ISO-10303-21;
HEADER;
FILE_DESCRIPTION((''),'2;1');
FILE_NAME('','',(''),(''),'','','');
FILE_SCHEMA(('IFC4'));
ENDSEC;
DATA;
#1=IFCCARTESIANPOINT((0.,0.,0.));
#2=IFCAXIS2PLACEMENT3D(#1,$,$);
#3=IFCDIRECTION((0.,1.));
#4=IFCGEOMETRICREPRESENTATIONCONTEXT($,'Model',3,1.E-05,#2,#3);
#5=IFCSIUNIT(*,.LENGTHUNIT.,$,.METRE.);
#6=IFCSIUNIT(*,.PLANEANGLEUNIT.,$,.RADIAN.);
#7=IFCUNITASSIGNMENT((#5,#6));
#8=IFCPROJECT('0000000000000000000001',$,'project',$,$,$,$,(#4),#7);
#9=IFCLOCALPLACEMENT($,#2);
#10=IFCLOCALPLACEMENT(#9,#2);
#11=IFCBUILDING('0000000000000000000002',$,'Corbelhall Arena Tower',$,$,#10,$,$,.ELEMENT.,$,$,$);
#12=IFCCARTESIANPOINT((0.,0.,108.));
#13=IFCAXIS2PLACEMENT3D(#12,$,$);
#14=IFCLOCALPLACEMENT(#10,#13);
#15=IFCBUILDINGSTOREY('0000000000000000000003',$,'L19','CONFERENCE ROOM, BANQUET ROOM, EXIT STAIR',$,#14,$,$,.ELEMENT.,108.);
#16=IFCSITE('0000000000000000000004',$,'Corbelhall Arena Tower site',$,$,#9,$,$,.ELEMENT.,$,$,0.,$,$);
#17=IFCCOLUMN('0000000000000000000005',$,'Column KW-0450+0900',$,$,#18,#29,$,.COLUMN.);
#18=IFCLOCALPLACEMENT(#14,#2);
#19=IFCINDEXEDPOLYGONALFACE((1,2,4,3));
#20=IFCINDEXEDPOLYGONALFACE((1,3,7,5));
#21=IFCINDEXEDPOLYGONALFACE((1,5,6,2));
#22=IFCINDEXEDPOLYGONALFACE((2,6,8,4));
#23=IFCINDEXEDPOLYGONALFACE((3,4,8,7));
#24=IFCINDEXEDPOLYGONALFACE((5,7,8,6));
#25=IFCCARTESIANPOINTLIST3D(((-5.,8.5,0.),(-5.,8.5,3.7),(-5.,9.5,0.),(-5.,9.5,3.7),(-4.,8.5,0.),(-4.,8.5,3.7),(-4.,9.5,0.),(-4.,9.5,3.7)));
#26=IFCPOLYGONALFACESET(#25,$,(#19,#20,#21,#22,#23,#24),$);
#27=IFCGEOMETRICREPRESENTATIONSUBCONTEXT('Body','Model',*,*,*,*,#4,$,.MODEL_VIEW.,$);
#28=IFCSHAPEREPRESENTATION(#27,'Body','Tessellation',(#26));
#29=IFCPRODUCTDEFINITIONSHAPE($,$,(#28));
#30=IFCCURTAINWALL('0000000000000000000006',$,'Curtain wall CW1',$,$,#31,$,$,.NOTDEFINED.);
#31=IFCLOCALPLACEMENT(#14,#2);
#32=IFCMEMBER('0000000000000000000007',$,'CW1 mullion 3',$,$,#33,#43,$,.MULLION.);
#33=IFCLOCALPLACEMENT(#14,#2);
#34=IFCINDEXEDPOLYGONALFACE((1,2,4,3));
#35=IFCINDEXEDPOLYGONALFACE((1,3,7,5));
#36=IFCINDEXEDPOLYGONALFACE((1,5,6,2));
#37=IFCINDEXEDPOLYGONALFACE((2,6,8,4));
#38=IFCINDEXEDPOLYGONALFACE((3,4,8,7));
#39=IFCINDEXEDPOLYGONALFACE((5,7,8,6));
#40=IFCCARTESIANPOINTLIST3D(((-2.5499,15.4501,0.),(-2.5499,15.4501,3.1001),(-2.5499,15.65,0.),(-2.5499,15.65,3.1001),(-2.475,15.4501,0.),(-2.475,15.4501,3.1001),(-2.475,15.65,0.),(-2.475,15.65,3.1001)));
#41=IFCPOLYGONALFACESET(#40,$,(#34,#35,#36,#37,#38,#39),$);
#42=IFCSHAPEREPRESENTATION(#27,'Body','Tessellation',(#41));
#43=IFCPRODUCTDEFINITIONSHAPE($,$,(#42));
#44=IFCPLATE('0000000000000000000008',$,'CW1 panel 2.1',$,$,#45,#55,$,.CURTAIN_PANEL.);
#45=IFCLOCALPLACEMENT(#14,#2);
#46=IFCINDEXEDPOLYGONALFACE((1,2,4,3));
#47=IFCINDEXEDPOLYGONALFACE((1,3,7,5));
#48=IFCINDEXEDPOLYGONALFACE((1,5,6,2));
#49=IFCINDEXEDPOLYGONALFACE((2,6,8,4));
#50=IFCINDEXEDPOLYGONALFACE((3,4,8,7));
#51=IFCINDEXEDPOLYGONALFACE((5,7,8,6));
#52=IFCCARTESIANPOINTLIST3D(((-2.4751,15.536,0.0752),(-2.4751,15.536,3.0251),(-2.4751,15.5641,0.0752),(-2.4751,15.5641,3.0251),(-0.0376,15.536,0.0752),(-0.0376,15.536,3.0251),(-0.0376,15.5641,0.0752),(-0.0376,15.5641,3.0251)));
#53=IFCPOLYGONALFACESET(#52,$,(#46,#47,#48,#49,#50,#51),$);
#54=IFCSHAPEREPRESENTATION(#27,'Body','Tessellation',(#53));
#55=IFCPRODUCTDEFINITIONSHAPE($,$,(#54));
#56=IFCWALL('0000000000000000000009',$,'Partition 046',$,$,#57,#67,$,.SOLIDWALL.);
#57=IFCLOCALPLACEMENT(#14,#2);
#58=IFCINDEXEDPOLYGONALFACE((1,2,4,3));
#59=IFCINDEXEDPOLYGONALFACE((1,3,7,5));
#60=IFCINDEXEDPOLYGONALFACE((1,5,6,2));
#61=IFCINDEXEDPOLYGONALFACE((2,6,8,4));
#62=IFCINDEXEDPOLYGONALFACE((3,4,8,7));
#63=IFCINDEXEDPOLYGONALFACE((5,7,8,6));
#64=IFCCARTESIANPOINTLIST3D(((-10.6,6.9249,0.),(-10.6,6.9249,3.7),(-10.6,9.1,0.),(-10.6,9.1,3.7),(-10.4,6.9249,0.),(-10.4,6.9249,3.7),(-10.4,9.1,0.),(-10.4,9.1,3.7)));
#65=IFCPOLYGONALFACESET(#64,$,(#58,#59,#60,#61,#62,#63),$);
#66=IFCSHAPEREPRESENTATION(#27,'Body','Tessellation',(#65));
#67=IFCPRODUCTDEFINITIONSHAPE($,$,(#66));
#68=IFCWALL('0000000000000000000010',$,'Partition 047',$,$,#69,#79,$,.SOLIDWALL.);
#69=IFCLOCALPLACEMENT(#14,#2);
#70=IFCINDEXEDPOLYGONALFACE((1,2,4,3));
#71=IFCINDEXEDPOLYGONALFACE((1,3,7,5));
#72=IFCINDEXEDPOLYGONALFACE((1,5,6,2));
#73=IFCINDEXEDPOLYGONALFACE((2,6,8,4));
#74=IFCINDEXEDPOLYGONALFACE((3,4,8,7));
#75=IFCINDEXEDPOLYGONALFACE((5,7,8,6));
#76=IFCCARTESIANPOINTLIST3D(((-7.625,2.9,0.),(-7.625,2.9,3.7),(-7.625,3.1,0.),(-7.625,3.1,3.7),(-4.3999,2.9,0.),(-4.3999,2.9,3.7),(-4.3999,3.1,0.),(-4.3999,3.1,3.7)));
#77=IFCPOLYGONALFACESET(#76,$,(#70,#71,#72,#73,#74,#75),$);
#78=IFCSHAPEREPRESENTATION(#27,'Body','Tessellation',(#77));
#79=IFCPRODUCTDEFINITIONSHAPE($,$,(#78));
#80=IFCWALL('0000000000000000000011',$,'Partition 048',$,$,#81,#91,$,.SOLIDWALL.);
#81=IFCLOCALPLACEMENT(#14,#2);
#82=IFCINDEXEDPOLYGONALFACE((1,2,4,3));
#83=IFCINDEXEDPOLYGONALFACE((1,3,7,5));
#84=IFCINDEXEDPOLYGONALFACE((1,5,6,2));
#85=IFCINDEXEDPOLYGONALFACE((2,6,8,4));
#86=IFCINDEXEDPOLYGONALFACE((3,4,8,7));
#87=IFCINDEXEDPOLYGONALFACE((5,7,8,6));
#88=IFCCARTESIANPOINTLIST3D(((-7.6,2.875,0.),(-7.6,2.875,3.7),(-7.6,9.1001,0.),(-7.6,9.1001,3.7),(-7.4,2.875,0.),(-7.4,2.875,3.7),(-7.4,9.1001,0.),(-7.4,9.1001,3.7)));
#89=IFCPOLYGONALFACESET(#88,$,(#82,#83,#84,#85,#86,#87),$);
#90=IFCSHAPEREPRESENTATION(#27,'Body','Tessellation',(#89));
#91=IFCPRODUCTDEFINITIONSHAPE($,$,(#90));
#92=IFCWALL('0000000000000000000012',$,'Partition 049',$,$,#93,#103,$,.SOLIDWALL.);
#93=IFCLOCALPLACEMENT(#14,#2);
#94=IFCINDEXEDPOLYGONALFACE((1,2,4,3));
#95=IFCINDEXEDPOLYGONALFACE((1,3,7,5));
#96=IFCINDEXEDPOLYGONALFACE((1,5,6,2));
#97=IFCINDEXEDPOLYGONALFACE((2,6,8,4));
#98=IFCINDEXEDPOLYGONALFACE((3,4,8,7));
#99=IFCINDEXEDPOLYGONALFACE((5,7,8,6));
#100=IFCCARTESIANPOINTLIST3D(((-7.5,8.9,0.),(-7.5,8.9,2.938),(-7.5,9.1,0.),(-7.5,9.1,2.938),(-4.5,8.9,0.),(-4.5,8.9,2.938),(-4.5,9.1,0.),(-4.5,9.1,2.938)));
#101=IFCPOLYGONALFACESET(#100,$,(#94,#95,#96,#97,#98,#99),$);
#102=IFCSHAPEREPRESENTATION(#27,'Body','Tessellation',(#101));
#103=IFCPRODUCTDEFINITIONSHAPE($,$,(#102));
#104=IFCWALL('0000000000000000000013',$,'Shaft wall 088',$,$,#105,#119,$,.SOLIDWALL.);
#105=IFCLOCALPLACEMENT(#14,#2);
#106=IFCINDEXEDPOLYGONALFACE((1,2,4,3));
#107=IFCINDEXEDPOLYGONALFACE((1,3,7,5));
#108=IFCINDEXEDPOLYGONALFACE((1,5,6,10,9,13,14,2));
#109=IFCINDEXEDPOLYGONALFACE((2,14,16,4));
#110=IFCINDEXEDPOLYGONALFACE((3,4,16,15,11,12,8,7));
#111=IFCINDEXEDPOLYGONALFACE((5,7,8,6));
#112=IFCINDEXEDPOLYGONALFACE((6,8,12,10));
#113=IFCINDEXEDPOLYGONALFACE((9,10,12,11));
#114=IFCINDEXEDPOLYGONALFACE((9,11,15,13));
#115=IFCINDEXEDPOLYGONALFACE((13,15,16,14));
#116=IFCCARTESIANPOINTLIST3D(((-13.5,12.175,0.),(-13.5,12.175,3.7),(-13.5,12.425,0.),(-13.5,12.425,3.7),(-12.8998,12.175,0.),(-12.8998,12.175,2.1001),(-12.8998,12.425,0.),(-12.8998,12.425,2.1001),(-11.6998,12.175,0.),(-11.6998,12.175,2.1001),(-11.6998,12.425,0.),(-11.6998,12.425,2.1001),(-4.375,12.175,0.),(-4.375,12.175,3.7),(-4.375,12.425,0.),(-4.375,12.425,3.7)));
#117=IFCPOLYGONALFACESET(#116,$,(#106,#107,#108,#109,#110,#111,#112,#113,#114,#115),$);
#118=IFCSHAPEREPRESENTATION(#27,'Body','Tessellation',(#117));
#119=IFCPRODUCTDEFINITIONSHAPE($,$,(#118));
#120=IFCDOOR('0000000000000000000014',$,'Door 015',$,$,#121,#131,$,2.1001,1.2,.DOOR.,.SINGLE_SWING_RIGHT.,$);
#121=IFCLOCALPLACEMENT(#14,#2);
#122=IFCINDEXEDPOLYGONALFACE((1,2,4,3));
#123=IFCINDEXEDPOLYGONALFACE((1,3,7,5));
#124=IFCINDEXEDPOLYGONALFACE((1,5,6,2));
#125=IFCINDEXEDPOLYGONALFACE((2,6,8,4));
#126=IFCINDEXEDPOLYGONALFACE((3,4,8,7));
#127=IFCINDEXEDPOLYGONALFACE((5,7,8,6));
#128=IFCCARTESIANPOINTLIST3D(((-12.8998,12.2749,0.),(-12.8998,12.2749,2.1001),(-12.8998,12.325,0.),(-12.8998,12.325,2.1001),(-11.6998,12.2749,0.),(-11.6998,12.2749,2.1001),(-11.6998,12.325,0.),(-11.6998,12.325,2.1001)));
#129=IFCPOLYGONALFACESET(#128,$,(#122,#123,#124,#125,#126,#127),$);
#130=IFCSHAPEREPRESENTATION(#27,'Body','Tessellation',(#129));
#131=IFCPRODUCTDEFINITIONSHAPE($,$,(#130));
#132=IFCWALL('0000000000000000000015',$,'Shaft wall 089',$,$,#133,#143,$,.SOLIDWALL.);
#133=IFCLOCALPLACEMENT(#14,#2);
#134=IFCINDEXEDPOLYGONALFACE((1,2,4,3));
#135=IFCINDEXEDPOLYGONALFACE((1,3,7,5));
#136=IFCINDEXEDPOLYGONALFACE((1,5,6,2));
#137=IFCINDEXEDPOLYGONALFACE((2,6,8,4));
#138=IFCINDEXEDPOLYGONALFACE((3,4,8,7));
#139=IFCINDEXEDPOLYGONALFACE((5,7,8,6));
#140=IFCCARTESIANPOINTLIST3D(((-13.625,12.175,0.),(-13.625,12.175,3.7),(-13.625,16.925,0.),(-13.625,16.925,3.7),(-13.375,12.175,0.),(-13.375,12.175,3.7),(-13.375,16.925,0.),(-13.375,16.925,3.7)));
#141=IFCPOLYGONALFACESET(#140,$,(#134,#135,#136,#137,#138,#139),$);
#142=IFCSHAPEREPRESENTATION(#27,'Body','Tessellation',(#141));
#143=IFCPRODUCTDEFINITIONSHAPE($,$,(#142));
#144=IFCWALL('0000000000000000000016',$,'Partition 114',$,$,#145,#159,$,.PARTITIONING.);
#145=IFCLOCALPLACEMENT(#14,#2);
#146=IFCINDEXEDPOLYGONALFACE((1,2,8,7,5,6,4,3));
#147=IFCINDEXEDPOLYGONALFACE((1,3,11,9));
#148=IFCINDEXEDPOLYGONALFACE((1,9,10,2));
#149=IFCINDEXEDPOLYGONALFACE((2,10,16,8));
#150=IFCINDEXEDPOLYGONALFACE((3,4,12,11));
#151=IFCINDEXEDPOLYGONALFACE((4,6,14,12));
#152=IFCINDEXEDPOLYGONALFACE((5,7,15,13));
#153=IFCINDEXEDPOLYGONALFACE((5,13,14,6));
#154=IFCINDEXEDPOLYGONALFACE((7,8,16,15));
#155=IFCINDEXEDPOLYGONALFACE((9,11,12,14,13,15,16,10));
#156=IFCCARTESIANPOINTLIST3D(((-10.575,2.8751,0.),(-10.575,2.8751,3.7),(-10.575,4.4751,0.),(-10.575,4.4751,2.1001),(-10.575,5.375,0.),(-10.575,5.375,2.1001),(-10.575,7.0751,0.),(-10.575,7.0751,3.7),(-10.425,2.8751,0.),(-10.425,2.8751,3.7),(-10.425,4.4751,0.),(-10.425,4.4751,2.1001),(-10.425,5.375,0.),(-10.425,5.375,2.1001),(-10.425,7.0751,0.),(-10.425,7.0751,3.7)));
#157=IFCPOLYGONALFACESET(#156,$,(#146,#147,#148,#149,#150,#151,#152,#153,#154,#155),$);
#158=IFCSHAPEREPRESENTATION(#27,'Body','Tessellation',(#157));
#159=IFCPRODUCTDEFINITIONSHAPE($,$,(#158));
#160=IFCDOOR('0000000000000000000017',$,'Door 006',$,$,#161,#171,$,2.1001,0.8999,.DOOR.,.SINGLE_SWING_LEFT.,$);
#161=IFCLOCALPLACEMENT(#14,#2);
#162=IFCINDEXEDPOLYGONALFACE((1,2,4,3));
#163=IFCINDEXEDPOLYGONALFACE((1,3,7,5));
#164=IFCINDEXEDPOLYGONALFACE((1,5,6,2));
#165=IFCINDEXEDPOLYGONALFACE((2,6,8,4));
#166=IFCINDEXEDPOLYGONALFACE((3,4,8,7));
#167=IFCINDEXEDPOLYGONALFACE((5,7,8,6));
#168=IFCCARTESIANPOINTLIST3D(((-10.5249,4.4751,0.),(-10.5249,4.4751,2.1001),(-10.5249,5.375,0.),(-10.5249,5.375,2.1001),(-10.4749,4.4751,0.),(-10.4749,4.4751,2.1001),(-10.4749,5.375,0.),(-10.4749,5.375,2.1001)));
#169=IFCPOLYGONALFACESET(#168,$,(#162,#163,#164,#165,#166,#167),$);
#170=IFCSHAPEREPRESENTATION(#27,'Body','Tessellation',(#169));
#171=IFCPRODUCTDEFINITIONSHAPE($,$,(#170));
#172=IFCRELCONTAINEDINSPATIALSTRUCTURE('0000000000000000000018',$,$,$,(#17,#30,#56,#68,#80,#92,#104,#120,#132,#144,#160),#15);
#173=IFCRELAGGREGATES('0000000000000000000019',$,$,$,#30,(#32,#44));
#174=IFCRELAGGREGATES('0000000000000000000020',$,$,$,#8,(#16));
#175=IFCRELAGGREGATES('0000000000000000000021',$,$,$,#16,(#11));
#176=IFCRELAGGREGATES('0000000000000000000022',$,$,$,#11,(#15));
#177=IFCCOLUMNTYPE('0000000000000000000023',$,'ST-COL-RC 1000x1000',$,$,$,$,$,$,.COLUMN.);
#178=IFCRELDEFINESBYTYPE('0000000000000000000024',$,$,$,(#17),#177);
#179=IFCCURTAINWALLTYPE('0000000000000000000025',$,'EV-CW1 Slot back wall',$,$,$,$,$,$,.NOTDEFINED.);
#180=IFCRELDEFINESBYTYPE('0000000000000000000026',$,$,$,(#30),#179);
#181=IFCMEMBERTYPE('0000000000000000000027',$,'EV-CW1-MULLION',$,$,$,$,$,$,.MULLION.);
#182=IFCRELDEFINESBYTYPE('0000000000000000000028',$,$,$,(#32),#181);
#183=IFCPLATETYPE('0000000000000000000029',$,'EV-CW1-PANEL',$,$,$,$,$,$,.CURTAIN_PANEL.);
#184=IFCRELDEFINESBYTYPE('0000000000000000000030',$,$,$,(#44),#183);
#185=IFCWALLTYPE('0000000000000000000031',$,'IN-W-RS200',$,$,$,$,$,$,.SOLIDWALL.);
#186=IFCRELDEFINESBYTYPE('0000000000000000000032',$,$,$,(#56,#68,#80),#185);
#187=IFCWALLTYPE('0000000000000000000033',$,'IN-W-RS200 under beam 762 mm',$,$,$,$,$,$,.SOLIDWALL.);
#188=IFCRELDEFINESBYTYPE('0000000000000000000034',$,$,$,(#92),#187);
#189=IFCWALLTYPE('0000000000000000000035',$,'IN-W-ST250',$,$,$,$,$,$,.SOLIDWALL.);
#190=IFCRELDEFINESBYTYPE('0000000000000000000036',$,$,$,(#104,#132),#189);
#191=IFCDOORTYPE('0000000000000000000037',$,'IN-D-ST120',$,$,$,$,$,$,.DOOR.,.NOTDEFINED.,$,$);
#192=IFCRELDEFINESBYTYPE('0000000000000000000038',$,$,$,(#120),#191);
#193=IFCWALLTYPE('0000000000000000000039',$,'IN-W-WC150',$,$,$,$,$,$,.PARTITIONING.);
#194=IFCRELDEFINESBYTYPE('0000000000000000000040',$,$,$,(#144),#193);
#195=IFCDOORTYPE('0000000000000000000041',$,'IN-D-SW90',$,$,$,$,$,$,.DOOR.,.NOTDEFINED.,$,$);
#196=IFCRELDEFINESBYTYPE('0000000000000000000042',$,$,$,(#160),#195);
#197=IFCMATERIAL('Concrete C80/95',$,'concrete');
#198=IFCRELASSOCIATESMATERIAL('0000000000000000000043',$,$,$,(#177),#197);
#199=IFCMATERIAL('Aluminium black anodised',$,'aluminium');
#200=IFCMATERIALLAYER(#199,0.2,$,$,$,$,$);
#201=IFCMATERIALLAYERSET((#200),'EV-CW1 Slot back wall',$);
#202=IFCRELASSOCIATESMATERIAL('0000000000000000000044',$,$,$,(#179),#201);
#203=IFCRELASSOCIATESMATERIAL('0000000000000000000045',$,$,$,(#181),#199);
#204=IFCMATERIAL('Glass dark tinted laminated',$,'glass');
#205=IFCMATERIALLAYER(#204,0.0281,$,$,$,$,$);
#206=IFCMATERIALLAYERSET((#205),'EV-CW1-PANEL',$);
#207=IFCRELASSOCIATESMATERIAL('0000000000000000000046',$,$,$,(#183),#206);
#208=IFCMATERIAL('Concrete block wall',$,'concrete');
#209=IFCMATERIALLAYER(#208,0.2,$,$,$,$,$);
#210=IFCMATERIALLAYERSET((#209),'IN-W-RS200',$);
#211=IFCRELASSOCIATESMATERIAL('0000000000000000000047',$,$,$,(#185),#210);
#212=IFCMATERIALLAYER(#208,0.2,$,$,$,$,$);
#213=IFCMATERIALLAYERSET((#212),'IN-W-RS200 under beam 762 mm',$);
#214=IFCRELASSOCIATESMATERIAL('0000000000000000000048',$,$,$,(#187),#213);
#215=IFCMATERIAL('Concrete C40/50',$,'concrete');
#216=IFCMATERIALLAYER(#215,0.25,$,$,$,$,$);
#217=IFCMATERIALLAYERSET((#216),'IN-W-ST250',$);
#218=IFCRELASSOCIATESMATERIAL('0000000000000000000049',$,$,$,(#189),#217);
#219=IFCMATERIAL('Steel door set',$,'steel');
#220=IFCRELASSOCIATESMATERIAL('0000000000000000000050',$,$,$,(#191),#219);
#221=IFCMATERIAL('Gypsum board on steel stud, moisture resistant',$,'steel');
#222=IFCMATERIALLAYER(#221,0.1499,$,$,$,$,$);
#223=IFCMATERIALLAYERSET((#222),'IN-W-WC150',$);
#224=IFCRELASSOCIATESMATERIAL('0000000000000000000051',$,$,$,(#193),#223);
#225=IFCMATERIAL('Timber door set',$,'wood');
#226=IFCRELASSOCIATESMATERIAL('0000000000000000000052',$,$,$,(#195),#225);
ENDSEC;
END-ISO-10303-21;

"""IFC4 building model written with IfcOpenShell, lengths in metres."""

from ifc_helpers import new_model, si_unit, direction, frame, frame_2d, origin, origin_2d, place, context, subcontext, project, spatial, rectangle, extrude, material, layer, layer_set, material_profile, profile_set, type_object, element, fill, aggregate, save


model = new_model("IFC4")

# Units and contexts
model_context = context("Model", 3, precision=1e-05, world=origin(), true_north=direction((0.0, 1.0)))
body_context = subcontext(model_context, "Body", "Model", "MODEL_VIEW")
ifc_project = project(units=[si_unit("LENGTHUNIT", "METRE"), si_unit("PLANEANGLEUNIT", "RADIAN")], contexts=[model_context])

# Site, building, storey
site_placement = place(None, origin())
site = spatial("IfcSite", under=ifc_project, at=site_placement, Name="Corbelhall Arena Tower site", CompositionType="ELEMENT", RefElevation=0.0)
building_placement = place(site_placement, origin())
building = spatial("IfcBuilding", under=site, at=building_placement, Name="Corbelhall Arena Tower", CompositionType="ELEMENT")
storey_placement = place(building_placement, frame((0.0, 0.0, 108.0)))
storey = spatial("IfcBuildingStorey", under=building, at=storey_placement, Name="L19", Description="CONFERENCE ROOM, BANQUET ROOM, EXIT STAIR", CompositionType="ELEMENT", Elevation=108.0)

# Column
ifc_material_1 = material(Name="Concrete C80/95", Category="concrete")
ifc_material_profile_1 = material_profile(ifc_material_1, rectangle(XDim=1.0, YDim=1.0, at=origin_2d()))
ifc_profile_set_1 = profile_set([ifc_material_profile_1], Name="Concrete C80/95")
column_type = type_object("IfcColumnType", Name="ST-COL-RC 1000x1000", PredefinedType="COLUMN", material=ifc_profile_set_1)
column_placement = place(storey_placement, frame((-4.5, 9.0, 0.0), z_axis=(0.0, 0.0, 1.0), x_axis=(1.0, 0.0, 0.0)))
element("IfcColumn", 1, at=column_placement, inside=storey, type_object=column_type, Name="Column KW-0450+0900", PredefinedType="COLUMN", context=body_context, shape_type="SweptSolid", body=[
    extrude(rectangle(XDim=1.0, YDim=1.0, at=origin_2d()), origin(), (0.0, 0.0, 1.0), 3.7),
])

# Curtain wall, member, plate
ifc_material_2 = material(Name="Aluminium black anodised", Category="aluminium")
ifc_layer_1 = layer(ifc_material_2, 0.2)
ifc_layer_set_1 = layer_set([ifc_layer_1], Name="EV-CW1 Slot back wall")
curtain_wall_type = type_object("IfcCurtainWallType", Name="EV-CW1 Slot back wall", PredefinedType="NOTDEFINED", material=ifc_layer_set_1)
curtain_wall_placement = place(storey_placement, origin())
curtain_wall = element("IfcCurtainWall", 2, at=curtain_wall_placement, inside=storey, type_object=curtain_wall_type, Name="Curtain wall CW1", PredefinedType="NOTDEFINED")
ifc_material_profile_2 = material_profile(ifc_material_2, rectangle(XDim=0.2, YDim=0.075, at=origin_2d()))
ifc_profile_set_2 = profile_set([ifc_material_profile_2], Name="Aluminium black anodised")
member_type = type_object("IfcMemberType", Name="EV-CW1-MULLION", PredefinedType="MULLION", material=ifc_profile_set_2)
member_placement = place(storey_placement, frame((-2.5125, 15.55, 0.0), z_axis=(0.0, 0.0, 1.0), x_axis=(0.0, -1.0, 0.0)))
member = element("IfcMember", 3, at=member_placement, type_object=member_type, Name="CW1 mullion 3", PredefinedType="MULLION", context=body_context, shape_type="SweptSolid", body=[
    extrude(rectangle(XDim=0.2, YDim=0.075, at=origin_2d()), origin(), (0.0, 0.0, 1.0), 3.1001),
])
ifc_material_3 = material(Name="Glass dark tinted laminated", Category="glass")
ifc_layer_2 = layer(ifc_material_3, 0.0281)
ifc_layer_set_2 = layer_set([ifc_layer_2], Name="EV-CW1-PANEL")
plate_type = type_object("IfcPlateType", Name="EV-CW1-PANEL", PredefinedType="CURTAIN_PANEL", material=ifc_layer_set_2)
plate_placement = place(storey_placement, frame((-1.2563, 15.55, 0.0752), z_axis=(0.0, 0.0, 1.0), x_axis=(-1.0, 0.0, 0.0)))
plate = element("IfcPlate", 4, at=plate_placement, type_object=plate_type, Name="CW1 panel 2.1", PredefinedType="CURTAIN_PANEL", context=body_context, shape_type="SweptSolid", body=[
    extrude(rectangle(XDim=2.4375, YDim=0.0281, at=origin_2d()), origin(), (0.0, 0.0, 1.0), 2.95),
])
aggregate(curtain_wall, [member, plate])

# Walls
ifc_material_4 = material(Name="Concrete block wall", Category="concrete")
ifc_layer_3 = layer(ifc_material_4, 0.2)
ifc_layer_set_3 = layer_set([ifc_layer_3], Name="IN-W-RS200")
wall_type_1 = type_object("IfcWallType", Name="IN-W-RS200", PredefinedType="SOLIDWALL", material=ifc_layer_set_3)
wall_1_placement = place(storey_placement, frame((-10.5, 6.925, 0.0), z_axis=(0.0, 0.0, 1.0), x_axis=(0.0, 1.0, 0.0)))
element("IfcWall", 5, at=wall_1_placement, inside=storey, type_object=wall_type_1, Name="Partition 046", PredefinedType="SOLIDWALL", context=body_context, shape_type="SweptSolid", body=[
    extrude(rectangle(XDim=2.175, YDim=0.2, at=frame_2d((1.0874, 0.0))), origin(), (0.0, 0.0, 1.0), 3.7),
])
wall_2_placement = place(storey_placement, frame((-7.625, 3.0, 0.0), z_axis=(0.0, 0.0, 1.0), x_axis=(1.0, 0.0, 0.0)))
element("IfcWall", 6, at=wall_2_placement, inside=storey, type_object=wall_type_1, Name="Partition 047", PredefinedType="SOLIDWALL", context=body_context, shape_type="SweptSolid", body=[
    extrude(rectangle(XDim=3.2251, YDim=0.2, at=frame_2d((1.6125, 0.0))), origin(), (0.0, 0.0, 1.0), 3.7),
])
wall_3_placement = place(storey_placement, frame((-7.5, 2.875, 0.0), z_axis=(0.0, 0.0, 1.0), x_axis=(0.0, 1.0, 0.0)))
element("IfcWall", 7, at=wall_3_placement, inside=storey, type_object=wall_type_1, Name="Partition 048", PredefinedType="SOLIDWALL", context=body_context, shape_type="SweptSolid", body=[
    extrude(rectangle(XDim=6.2251, YDim=0.2, at=frame_2d((3.1125, 0.0))), origin(), (0.0, 0.0, 1.0), 3.7),
])
ifc_layer_4 = layer(ifc_material_4, 0.2)
ifc_layer_set_4 = layer_set([ifc_layer_4], Name="IN-W-RS200 under beam 762 mm")
wall_type_2 = type_object("IfcWallType", Name="IN-W-RS200 under beam 762 mm", PredefinedType="SOLIDWALL", material=ifc_layer_set_4)
wall_4_placement = place(storey_placement, frame((-7.5, 9.0, 0.0), z_axis=(0.0, 0.0, 1.0), x_axis=(1.0, 0.0, 0.0)))
element("IfcWall", 8, at=wall_4_placement, inside=storey, type_object=wall_type_2, Name="Partition 049", PredefinedType="SOLIDWALL", context=body_context, shape_type="SweptSolid", body=[
    extrude(rectangle(XDim=3.0, YDim=0.2, at=frame_2d((1.5, 0.0))), origin(), (0.0, 0.0, 1.0), 2.938),
])

# Shared definitions
ifc_material_5 = material(Name="Steel door set", Category="steel")

# Wall, opening, door
ifc_material_6 = material(Name="Concrete C40/50", Category="concrete")
ifc_layer_5 = layer(ifc_material_6, 0.25)
ifc_layer_set_5 = layer_set([ifc_layer_5], Name="IN-W-ST250")
wall_type_3 = type_object("IfcWallType", Name="IN-W-ST250", PredefinedType="SOLIDWALL", material=ifc_layer_set_5)
wall_5_placement = place(storey_placement, frame((-13.5, 12.3, 0.0), z_axis=(0.0, 0.0, 1.0), x_axis=(1.0, 0.0, 0.0)))
wall_5 = element("IfcWall", 9, at=wall_5_placement, inside=storey, type_object=wall_type_3, Name="Shaft wall 088", PredefinedType="SOLIDWALL", context=body_context, shape_type="SweptSolid", body=[
    extrude(rectangle(XDim=9.125, YDim=0.25, at=frame_2d((4.5625, 0.0))), origin(), (0.0, 0.0, 1.0), 3.7),
])
opening_1_placement = place(wall_5_placement, frame((0.6001, 0.0, 0.0)))
opening_1 = element("IfcOpeningElement", 10, at=opening_1_placement, cuts=wall_5, PredefinedType="OPENING", context=body_context, shape_type="SweptSolid", body=[
    extrude(rectangle(XDim=1.2, YDim=2.1001, at=frame_2d((0.6001, 1.05))), frame((0.0, 0.125, 0.0), z_axis=(0.0, -1.0, 0.0), x_axis=(1.0, 0.0, 0.0)), (0.0, 0.0, 1.0), 0.25),
])
door_type_1 = type_object("IfcDoorType", Name="IN-D-ST120", OperationType="NOTDEFINED", PredefinedType="DOOR", material=ifc_material_5)
door_1_placement = place(opening_1_placement, origin())
door_1 = element("IfcDoor", 11, at=door_1_placement, inside=storey, type_object=door_type_1, Name="Door 015", OperationType="SINGLE_SWING_RIGHT", OverallHeight=2.1001, OverallWidth=1.2, PredefinedType="DOOR", context=body_context, shape_type="SweptSolid", body=[
    extrude(rectangle(XDim=1.2, YDim=2.1001, at=frame_2d((0.6001, 1.05))), frame((0.0, 0.0249, 0.0), z_axis=(0.0, -1.0, 0.0), x_axis=(1.0, 0.0, 0.0)), (0.0, 0.0, 1.0), 0.05),
])
fill(opening_1, door_1)

# Wall
wall_6_placement = place(storey_placement, frame((-13.5, 12.175, 0.0), z_axis=(0.0, 0.0, 1.0), x_axis=(0.0, 1.0, 0.0)))
element("IfcWall", 12, at=wall_6_placement, inside=storey, type_object=wall_type_3, Name="Shaft wall 089", PredefinedType="SOLIDWALL", context=body_context, shape_type="SweptSolid", body=[
    extrude(rectangle(XDim=4.75, YDim=0.25, at=frame_2d((2.375, 0.0))), origin(), (0.0, 0.0, 1.0), 3.7),
])

# Wall, opening, door
ifc_material_7 = material(Name="Gypsum board on steel stud, moisture resistant", Category="steel")
ifc_layer_6 = layer(ifc_material_7, 0.1499)
ifc_layer_set_6 = layer_set([ifc_layer_6], Name="IN-W-WC150")
wall_type_4 = type_object("IfcWallType", Name="IN-W-WC150", PredefinedType="PARTITIONING", material=ifc_layer_set_6)
wall_7_placement = place(storey_placement, frame((-10.5, 2.875, 0.0), z_axis=(0.0, 0.0, 1.0), x_axis=(0.0, 1.0, 0.0)))
wall_7 = element("IfcWall", 13, at=wall_7_placement, inside=storey, type_object=wall_type_4, Name="Partition 114", PredefinedType="PARTITIONING", context=body_context, shape_type="SweptSolid", body=[
    extrude(rectangle(XDim=4.2, YDim=0.1499, at=frame_2d((2.1001, 0.0))), origin(), (0.0, 0.0, 1.0), 3.7),
])
opening_2_placement = place(wall_7_placement, frame((1.6001, 0.0, 0.0)))
opening_2 = element("IfcOpeningElement", 14, at=opening_2_placement, cuts=wall_7, PredefinedType="OPENING", context=body_context, shape_type="SweptSolid", body=[
    extrude(rectangle(XDim=0.8999, YDim=2.1001, at=frame_2d((0.45, 1.05))), frame((0.0, 0.075, 0.0), z_axis=(0.0, -1.0, 0.0), x_axis=(1.0, 0.0, 0.0)), (0.0, 0.0, 1.0), 0.1499),
])
ifc_material_8 = material(Name="Timber door set", Category="wood")
door_type_2 = type_object("IfcDoorType", Name="IN-D-SW90", OperationType="NOTDEFINED", PredefinedType="DOOR", material=ifc_material_8)
door_2_placement = place(opening_2_placement, origin())
door_2 = element("IfcDoor", 15, at=door_2_placement, inside=storey, type_object=door_type_2, Name="Door 006", OperationType="SINGLE_SWING_LEFT", OverallHeight=2.1001, OverallWidth=0.8999, PredefinedType="DOOR", context=body_context, shape_type="SweptSolid", body=[
    extrude(rectangle(XDim=0.8999, YDim=2.1001, at=frame_2d((0.45, 1.05))), frame((0.0, 0.0249, 0.0), z_axis=(0.0, -1.0, 0.0), x_axis=(1.0, 0.0, 0.0)), (0.0, 0.0, 1.0), 0.05),
])
fill(opening_2, door_2)

save(model, "model.ifc")
